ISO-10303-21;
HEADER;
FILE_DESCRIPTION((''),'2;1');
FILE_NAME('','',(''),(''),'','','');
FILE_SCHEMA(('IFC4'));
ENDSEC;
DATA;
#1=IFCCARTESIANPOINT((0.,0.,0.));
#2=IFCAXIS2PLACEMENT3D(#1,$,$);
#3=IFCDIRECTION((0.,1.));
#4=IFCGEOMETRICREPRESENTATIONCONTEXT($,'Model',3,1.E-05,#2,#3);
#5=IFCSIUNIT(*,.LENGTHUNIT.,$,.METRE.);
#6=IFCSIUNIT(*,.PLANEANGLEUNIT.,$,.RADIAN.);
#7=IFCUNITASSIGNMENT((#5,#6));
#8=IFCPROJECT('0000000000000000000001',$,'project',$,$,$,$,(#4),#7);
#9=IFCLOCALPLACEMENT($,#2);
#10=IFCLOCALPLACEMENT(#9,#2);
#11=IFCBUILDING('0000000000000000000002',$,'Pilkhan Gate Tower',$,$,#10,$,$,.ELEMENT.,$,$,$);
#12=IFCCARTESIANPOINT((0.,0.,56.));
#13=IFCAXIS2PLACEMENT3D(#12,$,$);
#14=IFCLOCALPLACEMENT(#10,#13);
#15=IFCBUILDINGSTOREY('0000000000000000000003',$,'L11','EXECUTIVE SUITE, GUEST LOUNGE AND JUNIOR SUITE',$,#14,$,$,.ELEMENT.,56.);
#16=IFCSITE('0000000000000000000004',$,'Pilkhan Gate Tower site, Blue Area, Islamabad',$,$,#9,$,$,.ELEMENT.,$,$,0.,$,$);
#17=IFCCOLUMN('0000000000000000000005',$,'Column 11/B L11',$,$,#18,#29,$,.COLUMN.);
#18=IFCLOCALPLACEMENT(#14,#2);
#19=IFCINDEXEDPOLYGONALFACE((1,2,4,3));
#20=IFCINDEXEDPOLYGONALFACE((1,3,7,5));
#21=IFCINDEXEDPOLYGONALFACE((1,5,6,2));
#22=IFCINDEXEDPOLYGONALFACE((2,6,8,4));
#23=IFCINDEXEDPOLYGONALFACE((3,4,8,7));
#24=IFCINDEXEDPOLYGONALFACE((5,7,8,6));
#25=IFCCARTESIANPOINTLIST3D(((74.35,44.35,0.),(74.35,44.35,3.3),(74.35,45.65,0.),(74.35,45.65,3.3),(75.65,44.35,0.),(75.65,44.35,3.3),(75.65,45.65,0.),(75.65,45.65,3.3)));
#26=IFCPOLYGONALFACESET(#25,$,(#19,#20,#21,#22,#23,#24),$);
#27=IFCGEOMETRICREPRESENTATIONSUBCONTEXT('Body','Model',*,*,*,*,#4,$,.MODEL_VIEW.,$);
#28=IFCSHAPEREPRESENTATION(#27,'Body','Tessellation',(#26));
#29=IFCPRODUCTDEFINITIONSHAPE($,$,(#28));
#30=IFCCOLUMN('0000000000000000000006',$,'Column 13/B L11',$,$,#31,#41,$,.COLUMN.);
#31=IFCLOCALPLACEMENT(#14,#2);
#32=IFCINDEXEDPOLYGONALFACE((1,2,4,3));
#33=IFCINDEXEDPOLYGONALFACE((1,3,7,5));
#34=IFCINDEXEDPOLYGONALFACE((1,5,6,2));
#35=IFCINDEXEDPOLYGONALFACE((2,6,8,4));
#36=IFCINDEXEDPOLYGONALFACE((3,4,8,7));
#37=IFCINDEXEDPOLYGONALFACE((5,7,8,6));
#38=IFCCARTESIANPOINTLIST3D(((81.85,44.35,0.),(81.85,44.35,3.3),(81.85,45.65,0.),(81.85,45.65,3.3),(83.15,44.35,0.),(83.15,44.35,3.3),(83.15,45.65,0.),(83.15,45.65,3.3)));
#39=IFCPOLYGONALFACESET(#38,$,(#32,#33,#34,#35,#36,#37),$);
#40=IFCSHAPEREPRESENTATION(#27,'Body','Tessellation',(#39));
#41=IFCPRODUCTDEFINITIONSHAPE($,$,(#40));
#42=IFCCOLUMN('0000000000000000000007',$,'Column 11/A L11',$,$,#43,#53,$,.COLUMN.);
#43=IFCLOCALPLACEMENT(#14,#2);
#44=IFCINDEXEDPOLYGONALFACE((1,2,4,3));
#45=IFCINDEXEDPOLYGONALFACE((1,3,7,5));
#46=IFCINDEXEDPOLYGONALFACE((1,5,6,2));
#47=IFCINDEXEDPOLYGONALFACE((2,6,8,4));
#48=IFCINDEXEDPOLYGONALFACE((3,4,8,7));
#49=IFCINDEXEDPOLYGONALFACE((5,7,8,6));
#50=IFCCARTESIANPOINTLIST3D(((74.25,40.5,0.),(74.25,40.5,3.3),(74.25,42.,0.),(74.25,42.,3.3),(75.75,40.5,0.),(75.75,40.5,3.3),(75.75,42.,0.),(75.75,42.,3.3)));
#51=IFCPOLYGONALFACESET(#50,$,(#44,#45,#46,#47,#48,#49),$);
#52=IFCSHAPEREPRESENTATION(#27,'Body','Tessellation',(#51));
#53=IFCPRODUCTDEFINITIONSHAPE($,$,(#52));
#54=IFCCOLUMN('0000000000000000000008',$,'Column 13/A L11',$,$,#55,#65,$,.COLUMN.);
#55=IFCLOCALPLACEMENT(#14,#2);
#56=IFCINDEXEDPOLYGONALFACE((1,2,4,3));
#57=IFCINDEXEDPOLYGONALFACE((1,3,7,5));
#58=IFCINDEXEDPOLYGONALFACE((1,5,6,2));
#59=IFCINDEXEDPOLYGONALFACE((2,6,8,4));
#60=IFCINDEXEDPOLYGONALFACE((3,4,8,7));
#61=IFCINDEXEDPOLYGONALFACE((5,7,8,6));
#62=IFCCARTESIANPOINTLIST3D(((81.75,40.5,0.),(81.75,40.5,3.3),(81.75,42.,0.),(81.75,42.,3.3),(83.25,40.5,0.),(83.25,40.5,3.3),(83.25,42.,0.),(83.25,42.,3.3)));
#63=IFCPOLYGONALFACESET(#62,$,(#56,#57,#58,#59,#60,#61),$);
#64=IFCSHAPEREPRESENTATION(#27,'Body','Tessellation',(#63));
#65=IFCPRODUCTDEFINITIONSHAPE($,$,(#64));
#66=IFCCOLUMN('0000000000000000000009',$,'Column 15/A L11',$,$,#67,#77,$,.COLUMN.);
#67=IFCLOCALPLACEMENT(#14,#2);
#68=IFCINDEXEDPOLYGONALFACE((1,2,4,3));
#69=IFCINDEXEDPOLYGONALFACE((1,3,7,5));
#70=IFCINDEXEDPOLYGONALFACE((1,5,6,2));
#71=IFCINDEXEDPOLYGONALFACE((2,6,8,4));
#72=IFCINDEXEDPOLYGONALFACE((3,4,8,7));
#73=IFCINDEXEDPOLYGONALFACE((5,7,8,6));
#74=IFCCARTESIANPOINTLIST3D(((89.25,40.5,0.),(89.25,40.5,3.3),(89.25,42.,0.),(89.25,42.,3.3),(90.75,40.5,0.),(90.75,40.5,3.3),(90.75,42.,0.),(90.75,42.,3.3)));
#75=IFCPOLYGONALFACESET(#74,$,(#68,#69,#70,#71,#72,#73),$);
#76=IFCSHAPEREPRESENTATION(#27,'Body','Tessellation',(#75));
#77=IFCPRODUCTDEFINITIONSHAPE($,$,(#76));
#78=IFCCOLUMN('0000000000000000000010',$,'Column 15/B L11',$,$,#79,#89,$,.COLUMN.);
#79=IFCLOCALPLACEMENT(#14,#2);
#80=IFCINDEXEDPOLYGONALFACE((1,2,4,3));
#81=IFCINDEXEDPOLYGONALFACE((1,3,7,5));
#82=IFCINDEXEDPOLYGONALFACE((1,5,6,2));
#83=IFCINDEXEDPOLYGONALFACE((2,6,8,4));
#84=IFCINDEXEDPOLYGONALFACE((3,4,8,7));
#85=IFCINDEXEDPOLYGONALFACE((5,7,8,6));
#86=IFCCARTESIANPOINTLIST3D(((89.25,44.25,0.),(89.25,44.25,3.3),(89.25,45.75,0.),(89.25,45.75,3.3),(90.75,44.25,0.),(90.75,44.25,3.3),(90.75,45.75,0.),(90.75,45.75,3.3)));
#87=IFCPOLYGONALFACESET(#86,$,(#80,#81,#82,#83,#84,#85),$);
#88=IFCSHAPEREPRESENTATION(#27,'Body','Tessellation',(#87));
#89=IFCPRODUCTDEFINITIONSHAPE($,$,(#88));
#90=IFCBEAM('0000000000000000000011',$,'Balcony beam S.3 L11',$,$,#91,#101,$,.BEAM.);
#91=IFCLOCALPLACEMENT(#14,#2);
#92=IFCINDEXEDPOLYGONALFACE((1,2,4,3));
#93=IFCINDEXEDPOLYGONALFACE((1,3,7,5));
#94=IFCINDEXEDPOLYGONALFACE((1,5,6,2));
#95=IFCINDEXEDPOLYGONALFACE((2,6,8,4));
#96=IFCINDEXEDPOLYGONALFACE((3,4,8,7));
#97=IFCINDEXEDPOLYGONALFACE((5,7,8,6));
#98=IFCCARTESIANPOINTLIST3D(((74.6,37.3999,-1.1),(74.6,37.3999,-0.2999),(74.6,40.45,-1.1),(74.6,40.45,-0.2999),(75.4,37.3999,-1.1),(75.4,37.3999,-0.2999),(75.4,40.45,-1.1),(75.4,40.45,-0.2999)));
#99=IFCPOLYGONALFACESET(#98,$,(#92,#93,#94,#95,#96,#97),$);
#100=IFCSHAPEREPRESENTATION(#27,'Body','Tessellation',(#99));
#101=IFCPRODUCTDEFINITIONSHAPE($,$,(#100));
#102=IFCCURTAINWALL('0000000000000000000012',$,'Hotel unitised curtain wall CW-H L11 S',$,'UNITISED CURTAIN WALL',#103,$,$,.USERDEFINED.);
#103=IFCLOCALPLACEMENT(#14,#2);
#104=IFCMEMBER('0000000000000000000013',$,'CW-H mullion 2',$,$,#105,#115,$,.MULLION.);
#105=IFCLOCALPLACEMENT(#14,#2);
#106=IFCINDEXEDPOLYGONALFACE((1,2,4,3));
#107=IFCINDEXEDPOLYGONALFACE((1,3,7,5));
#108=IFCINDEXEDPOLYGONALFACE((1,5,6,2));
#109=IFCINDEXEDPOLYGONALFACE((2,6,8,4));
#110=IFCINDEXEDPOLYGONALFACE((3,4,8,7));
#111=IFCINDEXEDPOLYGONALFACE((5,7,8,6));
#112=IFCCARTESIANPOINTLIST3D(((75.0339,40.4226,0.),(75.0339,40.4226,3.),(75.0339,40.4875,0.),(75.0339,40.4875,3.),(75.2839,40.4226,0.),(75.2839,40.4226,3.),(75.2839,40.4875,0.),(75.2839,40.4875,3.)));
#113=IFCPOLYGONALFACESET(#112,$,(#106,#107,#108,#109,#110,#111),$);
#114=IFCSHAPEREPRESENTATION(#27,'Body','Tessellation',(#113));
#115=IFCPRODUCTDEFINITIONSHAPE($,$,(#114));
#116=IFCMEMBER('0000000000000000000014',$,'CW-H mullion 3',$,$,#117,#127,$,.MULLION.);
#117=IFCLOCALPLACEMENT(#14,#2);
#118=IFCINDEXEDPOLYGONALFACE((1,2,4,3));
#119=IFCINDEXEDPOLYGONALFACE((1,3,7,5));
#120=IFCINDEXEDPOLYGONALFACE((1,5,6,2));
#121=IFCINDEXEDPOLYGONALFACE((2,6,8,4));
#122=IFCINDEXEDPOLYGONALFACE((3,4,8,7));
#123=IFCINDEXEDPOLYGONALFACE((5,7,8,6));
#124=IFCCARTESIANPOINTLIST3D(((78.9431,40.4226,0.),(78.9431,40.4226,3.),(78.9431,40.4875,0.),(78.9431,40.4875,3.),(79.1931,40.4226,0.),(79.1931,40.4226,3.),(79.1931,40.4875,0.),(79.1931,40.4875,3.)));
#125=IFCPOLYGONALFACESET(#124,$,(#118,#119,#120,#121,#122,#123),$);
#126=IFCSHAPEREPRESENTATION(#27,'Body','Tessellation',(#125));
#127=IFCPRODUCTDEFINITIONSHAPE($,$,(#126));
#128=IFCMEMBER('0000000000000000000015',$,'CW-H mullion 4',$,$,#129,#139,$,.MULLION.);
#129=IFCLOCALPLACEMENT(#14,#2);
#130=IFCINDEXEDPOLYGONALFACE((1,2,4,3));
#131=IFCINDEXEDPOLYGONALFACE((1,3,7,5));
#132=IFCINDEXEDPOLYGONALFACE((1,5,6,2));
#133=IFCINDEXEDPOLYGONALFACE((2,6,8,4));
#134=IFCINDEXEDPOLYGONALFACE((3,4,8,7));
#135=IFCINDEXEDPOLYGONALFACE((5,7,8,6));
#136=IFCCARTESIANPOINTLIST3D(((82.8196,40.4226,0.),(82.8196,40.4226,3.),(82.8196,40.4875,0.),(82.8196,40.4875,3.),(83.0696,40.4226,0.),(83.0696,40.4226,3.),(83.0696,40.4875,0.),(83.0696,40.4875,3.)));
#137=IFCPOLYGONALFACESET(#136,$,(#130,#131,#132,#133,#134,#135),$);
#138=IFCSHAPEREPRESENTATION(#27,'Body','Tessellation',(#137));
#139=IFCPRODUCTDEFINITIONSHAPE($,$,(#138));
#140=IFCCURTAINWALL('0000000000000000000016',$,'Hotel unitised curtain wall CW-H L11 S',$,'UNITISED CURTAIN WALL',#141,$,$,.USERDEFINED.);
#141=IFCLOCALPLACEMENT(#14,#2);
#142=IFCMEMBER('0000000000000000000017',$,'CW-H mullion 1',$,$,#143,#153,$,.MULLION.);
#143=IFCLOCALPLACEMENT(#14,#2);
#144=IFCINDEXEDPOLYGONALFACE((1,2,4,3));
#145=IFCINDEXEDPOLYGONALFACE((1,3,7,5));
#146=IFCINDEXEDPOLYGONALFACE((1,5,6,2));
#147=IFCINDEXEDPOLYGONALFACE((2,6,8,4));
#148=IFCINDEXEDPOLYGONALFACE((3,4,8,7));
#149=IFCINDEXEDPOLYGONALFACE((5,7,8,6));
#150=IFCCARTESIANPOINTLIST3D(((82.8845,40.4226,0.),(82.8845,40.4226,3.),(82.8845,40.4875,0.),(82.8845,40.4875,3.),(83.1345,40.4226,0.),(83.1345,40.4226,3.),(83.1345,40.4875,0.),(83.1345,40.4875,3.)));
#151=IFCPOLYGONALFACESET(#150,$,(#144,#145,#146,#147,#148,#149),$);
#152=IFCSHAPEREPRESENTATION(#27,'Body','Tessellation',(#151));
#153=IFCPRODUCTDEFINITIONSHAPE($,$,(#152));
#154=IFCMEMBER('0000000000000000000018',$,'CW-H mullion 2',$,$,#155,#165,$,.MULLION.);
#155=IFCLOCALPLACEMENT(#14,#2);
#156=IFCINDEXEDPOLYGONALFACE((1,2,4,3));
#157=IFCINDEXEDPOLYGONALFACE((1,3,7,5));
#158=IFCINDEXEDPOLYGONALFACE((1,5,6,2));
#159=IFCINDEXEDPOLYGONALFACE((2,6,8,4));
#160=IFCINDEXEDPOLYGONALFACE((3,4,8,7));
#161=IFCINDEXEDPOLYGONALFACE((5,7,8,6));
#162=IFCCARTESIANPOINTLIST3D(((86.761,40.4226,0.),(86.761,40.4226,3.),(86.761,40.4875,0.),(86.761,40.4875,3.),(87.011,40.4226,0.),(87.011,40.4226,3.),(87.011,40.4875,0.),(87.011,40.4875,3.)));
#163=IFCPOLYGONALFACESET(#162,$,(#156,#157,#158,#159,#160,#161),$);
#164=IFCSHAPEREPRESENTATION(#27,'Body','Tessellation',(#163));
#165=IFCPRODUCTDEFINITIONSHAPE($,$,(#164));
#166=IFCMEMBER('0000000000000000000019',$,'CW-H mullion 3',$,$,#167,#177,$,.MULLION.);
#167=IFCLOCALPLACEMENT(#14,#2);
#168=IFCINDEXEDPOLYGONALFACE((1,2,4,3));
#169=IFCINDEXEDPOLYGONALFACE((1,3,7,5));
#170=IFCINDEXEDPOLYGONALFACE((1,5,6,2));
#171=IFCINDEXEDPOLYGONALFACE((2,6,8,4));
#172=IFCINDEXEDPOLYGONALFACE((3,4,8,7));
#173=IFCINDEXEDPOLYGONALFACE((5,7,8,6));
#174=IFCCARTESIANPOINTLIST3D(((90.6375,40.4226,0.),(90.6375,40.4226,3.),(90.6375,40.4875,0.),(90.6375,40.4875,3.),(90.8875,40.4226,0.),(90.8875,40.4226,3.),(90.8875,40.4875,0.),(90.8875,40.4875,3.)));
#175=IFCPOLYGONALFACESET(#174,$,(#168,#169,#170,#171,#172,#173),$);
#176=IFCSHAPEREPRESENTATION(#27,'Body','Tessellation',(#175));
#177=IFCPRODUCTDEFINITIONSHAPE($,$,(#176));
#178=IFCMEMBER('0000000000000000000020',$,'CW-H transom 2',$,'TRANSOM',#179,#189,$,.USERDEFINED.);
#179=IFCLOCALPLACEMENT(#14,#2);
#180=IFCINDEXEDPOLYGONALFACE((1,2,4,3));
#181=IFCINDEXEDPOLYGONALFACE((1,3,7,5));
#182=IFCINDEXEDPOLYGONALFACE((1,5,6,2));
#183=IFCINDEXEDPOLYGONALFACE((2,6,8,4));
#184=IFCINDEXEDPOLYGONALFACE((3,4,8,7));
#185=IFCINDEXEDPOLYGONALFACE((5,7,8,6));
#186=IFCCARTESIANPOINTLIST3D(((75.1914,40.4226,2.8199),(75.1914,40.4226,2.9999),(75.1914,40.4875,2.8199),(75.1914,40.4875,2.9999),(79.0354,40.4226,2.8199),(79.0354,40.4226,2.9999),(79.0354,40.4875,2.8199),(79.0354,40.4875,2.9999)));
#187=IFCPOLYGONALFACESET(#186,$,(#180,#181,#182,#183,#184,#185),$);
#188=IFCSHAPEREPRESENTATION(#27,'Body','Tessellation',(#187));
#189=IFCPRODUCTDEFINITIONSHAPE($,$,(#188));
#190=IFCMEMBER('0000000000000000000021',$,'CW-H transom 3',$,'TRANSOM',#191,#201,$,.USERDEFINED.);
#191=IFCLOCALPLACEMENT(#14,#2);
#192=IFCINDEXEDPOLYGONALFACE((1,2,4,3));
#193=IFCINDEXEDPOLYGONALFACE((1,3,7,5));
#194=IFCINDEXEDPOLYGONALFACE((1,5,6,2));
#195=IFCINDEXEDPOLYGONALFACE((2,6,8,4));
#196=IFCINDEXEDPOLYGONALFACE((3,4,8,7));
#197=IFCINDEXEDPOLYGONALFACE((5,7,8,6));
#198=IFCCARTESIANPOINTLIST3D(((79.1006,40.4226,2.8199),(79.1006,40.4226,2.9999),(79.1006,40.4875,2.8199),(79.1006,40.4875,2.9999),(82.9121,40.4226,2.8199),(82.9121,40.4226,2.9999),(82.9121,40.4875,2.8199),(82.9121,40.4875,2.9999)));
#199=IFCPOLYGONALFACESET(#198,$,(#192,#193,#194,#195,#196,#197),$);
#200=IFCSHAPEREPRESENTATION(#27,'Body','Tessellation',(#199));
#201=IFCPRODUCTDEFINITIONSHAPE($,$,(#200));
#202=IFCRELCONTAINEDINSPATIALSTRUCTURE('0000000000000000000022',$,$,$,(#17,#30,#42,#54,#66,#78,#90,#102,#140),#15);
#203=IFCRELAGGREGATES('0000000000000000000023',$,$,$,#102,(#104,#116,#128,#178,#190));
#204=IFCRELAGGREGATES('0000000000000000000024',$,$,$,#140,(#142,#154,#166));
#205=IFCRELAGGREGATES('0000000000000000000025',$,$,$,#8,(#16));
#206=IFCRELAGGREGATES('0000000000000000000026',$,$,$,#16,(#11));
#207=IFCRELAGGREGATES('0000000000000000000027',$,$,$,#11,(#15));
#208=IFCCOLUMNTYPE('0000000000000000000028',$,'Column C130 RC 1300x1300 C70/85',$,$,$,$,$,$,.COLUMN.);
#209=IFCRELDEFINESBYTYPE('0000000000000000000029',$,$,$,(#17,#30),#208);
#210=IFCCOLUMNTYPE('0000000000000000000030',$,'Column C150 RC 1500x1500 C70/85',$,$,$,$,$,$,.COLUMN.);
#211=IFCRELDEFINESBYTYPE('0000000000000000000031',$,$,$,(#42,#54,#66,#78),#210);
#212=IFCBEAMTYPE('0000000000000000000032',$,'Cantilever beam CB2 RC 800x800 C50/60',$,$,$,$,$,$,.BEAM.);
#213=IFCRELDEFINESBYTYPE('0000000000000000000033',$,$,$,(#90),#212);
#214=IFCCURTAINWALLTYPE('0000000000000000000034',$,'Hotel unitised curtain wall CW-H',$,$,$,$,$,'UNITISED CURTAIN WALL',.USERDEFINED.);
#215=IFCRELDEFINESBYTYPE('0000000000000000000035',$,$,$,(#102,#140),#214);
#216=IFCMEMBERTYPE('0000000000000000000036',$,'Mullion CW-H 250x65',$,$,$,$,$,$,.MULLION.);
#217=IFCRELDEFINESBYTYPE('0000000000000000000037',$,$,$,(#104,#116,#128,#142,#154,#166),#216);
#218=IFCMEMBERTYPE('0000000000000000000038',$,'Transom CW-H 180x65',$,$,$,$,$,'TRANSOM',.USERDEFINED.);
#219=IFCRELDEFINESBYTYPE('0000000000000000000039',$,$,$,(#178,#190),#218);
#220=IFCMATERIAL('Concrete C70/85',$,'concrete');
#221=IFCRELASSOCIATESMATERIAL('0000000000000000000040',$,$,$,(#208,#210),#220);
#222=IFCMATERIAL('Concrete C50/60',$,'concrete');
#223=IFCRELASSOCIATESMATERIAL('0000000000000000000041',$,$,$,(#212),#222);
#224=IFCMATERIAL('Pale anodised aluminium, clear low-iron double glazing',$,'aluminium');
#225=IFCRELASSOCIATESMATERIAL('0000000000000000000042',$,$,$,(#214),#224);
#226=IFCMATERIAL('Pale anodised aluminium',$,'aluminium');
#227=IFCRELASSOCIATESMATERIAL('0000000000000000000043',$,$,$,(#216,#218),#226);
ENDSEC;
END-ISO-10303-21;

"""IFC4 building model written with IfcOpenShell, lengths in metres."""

from ifc_helpers import new_model, si_unit, direction, frame, origin, origin_2d, place, context, subcontext, project, spatial, rectangle, extrude, material, material_profile, profile_set, type_object, element, aggregate, save


model = new_model("IFC4")

# Units and contexts
model_context = context("Model", 3, precision=1e-05, world=origin(), true_north=direction((0.0, 1.0)))
body_context = subcontext(model_context, "Body", "Model", "MODEL_VIEW")
ifc_project = project(units=[si_unit("LENGTHUNIT", "METRE"), si_unit("PLANEANGLEUNIT", "RADIAN")], contexts=[model_context])

# Site, building, storey
site_placement = place(None, origin())
site = spatial("IfcSite", under=ifc_project, at=site_placement, Name="Pilkhan Gate Tower site, Blue Area, Islamabad", CompositionType="ELEMENT", RefElevation=0.0)
building_placement = place(site_placement, origin())
building = spatial("IfcBuilding", under=site, at=building_placement, Name="Pilkhan Gate Tower", CompositionType="ELEMENT")
storey_placement = place(building_placement, frame((0.0, 0.0, 56.0)))
storey = spatial("IfcBuildingStorey", under=building, at=storey_placement, Name="L11", Description="EXECUTIVE SUITE, GUEST LOUNGE AND JUNIOR SUITE", CompositionType="ELEMENT", Elevation=56.0)

# Columns
ifc_material_1 = material(Name="Concrete C70/85", Category="concrete")
ifc_material_profile_1 = material_profile(ifc_material_1, rectangle(XDim=1.3, YDim=1.3, at=origin_2d()), Name="RC 1300x1300")
ifc_profile_set_1 = profile_set([ifc_material_profile_1], Name="Concrete C70/85")
column_type_1 = type_object("IfcColumnType", Name="Column C130 RC 1300x1300 C70/85", PredefinedType="COLUMN", material=ifc_profile_set_1)
for number, where, z_axis, x_axis, name in (
    (1, (75.0, 45.0, 0.0), (0.0, 0.0, 1.0), (1.0, 0.0, 0.0), "Column 11/B L11"),
    (2, (82.5, 45.0, 0.0), (0.0, 0.0, 1.0), (1.0, 0.0, 0.0), "Column 13/B L11"),
):
    element("IfcColumn", number, at=place(storey_placement, frame(where, z_axis=z_axis, x_axis=x_axis)), inside=storey, type_object=column_type_1, Name=name, PredefinedType="COLUMN", context=body_context, shape_type="SweptSolid", body=[
        extrude(rectangle(XDim=1.3, YDim=1.3, at=origin_2d()), origin(), (0.0, 0.0, 1.0), 3.3),
    ])
ifc_material_profile_2 = material_profile(ifc_material_1, rectangle(XDim=1.5, YDim=1.5, at=origin_2d()), Name="RC 1500x1500")
ifc_profile_set_2 = profile_set([ifc_material_profile_2], Name="Concrete C70/85")
column_type_2 = type_object("IfcColumnType", Name="Column C150 RC 1500x1500 C70/85", PredefinedType="COLUMN", material=ifc_profile_set_2)
for number, where, z_axis, x_axis, name in (
    (3, (75.0, 41.25, 0.0), (0.0, 0.0, 1.0), (1.0, 0.0, 0.0), "Column 11/A L11"),
    (4, (82.5, 41.25, 0.0), (0.0, 0.0, 1.0), (1.0, 0.0, 0.0), "Column 13/A L11"),
    (5, (90.0, 41.25, 0.0), (0.0, 0.0, 1.0), (1.0, 0.0, 0.0), "Column 15/A L11"),
    (6, (90.0, 45.0, 0.0), (0.0, 0.0, 1.0), (1.0, 0.0, 0.0), "Column 15/B L11"),
):
    element("IfcColumn", number, at=place(storey_placement, frame(where, z_axis=z_axis, x_axis=x_axis)), inside=storey, type_object=column_type_2, Name=name, PredefinedType="COLUMN", context=body_context, shape_type="SweptSolid", body=[
        extrude(rectangle(XDim=1.5, YDim=1.5, at=origin_2d()), origin(), (0.0, 0.0, 1.0), 3.3),
    ])

# Beam
ifc_material_2 = material(Name="Concrete C50/60", Category="concrete")
ifc_material_profile_3 = material_profile(ifc_material_2, rectangle(XDim=0.8, YDim=0.8, at=origin_2d()), Name="RC 800x800")
ifc_profile_set_3 = profile_set([ifc_material_profile_3], Name="Concrete C50/60")
beam_type = type_object("IfcBeamType", Name="Cantilever beam CB2 RC 800x800 C50/60", PredefinedType="BEAM", material=ifc_profile_set_3)
beam_placement = place(storey_placement, frame((75.0, 40.45, -0.7), z_axis=(0.0, -1.0, 0.0), x_axis=(1.0, 0.0, 0.0)))
element("IfcBeam", 7, at=beam_placement, inside=storey, type_object=beam_type, Name="Balcony beam S.3 L11", PredefinedType="BEAM", context=body_context, shape_type="SweptSolid", body=[
    extrude(rectangle(XDim=0.8, YDim=0.8, at=origin_2d()), origin(), (0.0, 0.0, 1.0), 3.05),
])

# Curtain walls, members
ifc_material_3 = material(Name="Pale anodised aluminium, clear low-iron double glazing", Category="aluminium")
curtain_wall_type = type_object("IfcCurtainWallType", Name="Hotel unitised curtain wall CW-H", ElementType="UNITISED CURTAIN WALL", PredefinedType="USERDEFINED", material=ifc_material_3)
curtain_wall_1_placement = place(storey_placement, origin())
curtain_wall_1 = element("IfcCurtainWall", 8, at=curtain_wall_1_placement, inside=storey, type_object=curtain_wall_type, Name="Hotel unitised curtain wall CW-H L11 S", ObjectType="UNITISED CURTAIN WALL", PredefinedType="USERDEFINED")
ifc_material_4 = material(Name="Pale anodised aluminium", Category="aluminium")
ifc_material_profile_4 = material_profile(ifc_material_4, rectangle(XDim=0.0649, YDim=0.25, at=origin_2d()), Name="Mullion 250x65")
ifc_profile_set_4 = profile_set([ifc_material_profile_4], Name="Pale anodised aluminium")
member_type_1 = type_object("IfcMemberType", Name="Mullion CW-H 250x65", PredefinedType="MULLION", material=ifc_profile_set_4)
member_1_placement = place(storey_placement, frame((75.1589, 40.4551, 0.0), z_axis=(0.0, 0.0, 1.0), x_axis=(0.0, 1.0, 0.0)))
member_1 = element("IfcMember", 9, at=member_1_placement, type_object=member_type_1, Name="CW-H mullion 2", PredefinedType="MULLION", context=body_context, shape_type="SweptSolid", body=[
    extrude(rectangle(XDim=0.0649, YDim=0.25, at=origin_2d()), origin(), (0.0, 0.0, 1.0), 3.0),
])
member_2_placement = place(storey_placement, frame((79.0681, 40.4551, 0.0), z_axis=(0.0, 0.0, 1.0), x_axis=(0.0, 1.0, 0.0)))
member_2 = element("IfcMember", 10, at=member_2_placement, type_object=member_type_1, Name="CW-H mullion 3", PredefinedType="MULLION", context=body_context, shape_type="SweptSolid", body=[
    extrude(rectangle(XDim=0.0649, YDim=0.25, at=origin_2d()), origin(), (0.0, 0.0, 1.0), 3.0),
])
member_3_placement = place(storey_placement, frame((82.9446, 40.4551, 0.0), z_axis=(0.0, 0.0, 1.0), x_axis=(0.0, 1.0, 0.0)))
member_3 = element("IfcMember", 11, at=member_3_placement, type_object=member_type_1, Name="CW-H mullion 4", PredefinedType="MULLION", context=body_context, shape_type="SweptSolid", body=[
    extrude(rectangle(XDim=0.0649, YDim=0.25, at=origin_2d()), origin(), (0.0, 0.0, 1.0), 3.0),
])
curtain_wall_2_placement = place(storey_placement, origin())
curtain_wall_2 = element("IfcCurtainWall", 12, at=curtain_wall_2_placement, inside=storey, type_object=curtain_wall_type, Name="Hotel unitised curtain wall CW-H L11 S", ObjectType="UNITISED CURTAIN WALL", PredefinedType="USERDEFINED")
member_4_placement = place(storey_placement, frame((83.0095, 40.4551, 0.0), z_axis=(0.0, 0.0, 1.0), x_axis=(0.0, 1.0, 0.0)))
member_4 = element("IfcMember", 13, at=member_4_placement, type_object=member_type_1, Name="CW-H mullion 1", PredefinedType="MULLION", context=body_context, shape_type="SweptSolid", body=[
    extrude(rectangle(XDim=0.0649, YDim=0.25, at=origin_2d()), origin(), (0.0, 0.0, 1.0), 3.0),
])
member_5_placement = place(storey_placement, frame((86.886, 40.4551, 0.0), z_axis=(0.0, 0.0, 1.0), x_axis=(0.0, 1.0, 0.0)))
member_5 = element("IfcMember", 14, at=member_5_placement, type_object=member_type_1, Name="CW-H mullion 2", PredefinedType="MULLION", context=body_context, shape_type="SweptSolid", body=[
    extrude(rectangle(XDim=0.0649, YDim=0.25, at=origin_2d()), origin(), (0.0, 0.0, 1.0), 3.0),
])
member_6_placement = place(storey_placement, frame((90.7625, 40.4551, 0.0), z_axis=(0.0, 0.0, 1.0), x_axis=(0.0, 1.0, 0.0)))
member_6 = element("IfcMember", 15, at=member_6_placement, type_object=member_type_1, Name="CW-H mullion 3", PredefinedType="MULLION", context=body_context, shape_type="SweptSolid", body=[
    extrude(rectangle(XDim=0.0649, YDim=0.25, at=origin_2d()), origin(), (0.0, 0.0, 1.0), 3.0),
])

# Members
ifc_material_profile_5 = material_profile(ifc_material_4, rectangle(XDim=0.0649, YDim=0.1799, at=origin_2d()), Name="Transom 180x65")
ifc_profile_set_5 = profile_set([ifc_material_profile_5], Name="Pale anodised aluminium")
member_type_2 = type_object("IfcMemberType", Name="Transom CW-H 180x65", ElementType="TRANSOM", PredefinedType="USERDEFINED", material=ifc_profile_set_5)
member_7_placement = place(storey_placement, frame((75.1914, 40.4551, 2.9099), z_axis=(1.0, 0.0, 0.0), x_axis=(0.0, 1.0, 0.0)))
member_7 = element("IfcMember", 16, at=member_7_placement, type_object=member_type_2, Name="CW-H transom 2", ObjectType="TRANSOM", PredefinedType="USERDEFINED", context=body_context, shape_type="SweptSolid", body=[
    extrude(rectangle(XDim=0.0649, YDim=0.1799, at=origin_2d()), origin(), (0.0, 0.0, 1.0), 3.844),
])
member_8_placement = place(storey_placement, frame((79.1006, 40.4551, 2.9099), z_axis=(1.0, 0.0, 0.0), x_axis=(0.0, 1.0, 0.0)))
member_8 = element("IfcMember", 17, at=member_8_placement, type_object=member_type_2, Name="CW-H transom 3", ObjectType="TRANSOM", PredefinedType="USERDEFINED", context=body_context, shape_type="SweptSolid", body=[
    extrude(rectangle(XDim=0.0649, YDim=0.1799, at=origin_2d()), origin(), (0.0, 0.0, 1.0), 3.8115),
])

aggregate(curtain_wall_1, [member_1, member_2, member_3, member_7, member_8])
aggregate(curtain_wall_2, [member_4, member_5, member_6])

save(model, "model.ifc")
